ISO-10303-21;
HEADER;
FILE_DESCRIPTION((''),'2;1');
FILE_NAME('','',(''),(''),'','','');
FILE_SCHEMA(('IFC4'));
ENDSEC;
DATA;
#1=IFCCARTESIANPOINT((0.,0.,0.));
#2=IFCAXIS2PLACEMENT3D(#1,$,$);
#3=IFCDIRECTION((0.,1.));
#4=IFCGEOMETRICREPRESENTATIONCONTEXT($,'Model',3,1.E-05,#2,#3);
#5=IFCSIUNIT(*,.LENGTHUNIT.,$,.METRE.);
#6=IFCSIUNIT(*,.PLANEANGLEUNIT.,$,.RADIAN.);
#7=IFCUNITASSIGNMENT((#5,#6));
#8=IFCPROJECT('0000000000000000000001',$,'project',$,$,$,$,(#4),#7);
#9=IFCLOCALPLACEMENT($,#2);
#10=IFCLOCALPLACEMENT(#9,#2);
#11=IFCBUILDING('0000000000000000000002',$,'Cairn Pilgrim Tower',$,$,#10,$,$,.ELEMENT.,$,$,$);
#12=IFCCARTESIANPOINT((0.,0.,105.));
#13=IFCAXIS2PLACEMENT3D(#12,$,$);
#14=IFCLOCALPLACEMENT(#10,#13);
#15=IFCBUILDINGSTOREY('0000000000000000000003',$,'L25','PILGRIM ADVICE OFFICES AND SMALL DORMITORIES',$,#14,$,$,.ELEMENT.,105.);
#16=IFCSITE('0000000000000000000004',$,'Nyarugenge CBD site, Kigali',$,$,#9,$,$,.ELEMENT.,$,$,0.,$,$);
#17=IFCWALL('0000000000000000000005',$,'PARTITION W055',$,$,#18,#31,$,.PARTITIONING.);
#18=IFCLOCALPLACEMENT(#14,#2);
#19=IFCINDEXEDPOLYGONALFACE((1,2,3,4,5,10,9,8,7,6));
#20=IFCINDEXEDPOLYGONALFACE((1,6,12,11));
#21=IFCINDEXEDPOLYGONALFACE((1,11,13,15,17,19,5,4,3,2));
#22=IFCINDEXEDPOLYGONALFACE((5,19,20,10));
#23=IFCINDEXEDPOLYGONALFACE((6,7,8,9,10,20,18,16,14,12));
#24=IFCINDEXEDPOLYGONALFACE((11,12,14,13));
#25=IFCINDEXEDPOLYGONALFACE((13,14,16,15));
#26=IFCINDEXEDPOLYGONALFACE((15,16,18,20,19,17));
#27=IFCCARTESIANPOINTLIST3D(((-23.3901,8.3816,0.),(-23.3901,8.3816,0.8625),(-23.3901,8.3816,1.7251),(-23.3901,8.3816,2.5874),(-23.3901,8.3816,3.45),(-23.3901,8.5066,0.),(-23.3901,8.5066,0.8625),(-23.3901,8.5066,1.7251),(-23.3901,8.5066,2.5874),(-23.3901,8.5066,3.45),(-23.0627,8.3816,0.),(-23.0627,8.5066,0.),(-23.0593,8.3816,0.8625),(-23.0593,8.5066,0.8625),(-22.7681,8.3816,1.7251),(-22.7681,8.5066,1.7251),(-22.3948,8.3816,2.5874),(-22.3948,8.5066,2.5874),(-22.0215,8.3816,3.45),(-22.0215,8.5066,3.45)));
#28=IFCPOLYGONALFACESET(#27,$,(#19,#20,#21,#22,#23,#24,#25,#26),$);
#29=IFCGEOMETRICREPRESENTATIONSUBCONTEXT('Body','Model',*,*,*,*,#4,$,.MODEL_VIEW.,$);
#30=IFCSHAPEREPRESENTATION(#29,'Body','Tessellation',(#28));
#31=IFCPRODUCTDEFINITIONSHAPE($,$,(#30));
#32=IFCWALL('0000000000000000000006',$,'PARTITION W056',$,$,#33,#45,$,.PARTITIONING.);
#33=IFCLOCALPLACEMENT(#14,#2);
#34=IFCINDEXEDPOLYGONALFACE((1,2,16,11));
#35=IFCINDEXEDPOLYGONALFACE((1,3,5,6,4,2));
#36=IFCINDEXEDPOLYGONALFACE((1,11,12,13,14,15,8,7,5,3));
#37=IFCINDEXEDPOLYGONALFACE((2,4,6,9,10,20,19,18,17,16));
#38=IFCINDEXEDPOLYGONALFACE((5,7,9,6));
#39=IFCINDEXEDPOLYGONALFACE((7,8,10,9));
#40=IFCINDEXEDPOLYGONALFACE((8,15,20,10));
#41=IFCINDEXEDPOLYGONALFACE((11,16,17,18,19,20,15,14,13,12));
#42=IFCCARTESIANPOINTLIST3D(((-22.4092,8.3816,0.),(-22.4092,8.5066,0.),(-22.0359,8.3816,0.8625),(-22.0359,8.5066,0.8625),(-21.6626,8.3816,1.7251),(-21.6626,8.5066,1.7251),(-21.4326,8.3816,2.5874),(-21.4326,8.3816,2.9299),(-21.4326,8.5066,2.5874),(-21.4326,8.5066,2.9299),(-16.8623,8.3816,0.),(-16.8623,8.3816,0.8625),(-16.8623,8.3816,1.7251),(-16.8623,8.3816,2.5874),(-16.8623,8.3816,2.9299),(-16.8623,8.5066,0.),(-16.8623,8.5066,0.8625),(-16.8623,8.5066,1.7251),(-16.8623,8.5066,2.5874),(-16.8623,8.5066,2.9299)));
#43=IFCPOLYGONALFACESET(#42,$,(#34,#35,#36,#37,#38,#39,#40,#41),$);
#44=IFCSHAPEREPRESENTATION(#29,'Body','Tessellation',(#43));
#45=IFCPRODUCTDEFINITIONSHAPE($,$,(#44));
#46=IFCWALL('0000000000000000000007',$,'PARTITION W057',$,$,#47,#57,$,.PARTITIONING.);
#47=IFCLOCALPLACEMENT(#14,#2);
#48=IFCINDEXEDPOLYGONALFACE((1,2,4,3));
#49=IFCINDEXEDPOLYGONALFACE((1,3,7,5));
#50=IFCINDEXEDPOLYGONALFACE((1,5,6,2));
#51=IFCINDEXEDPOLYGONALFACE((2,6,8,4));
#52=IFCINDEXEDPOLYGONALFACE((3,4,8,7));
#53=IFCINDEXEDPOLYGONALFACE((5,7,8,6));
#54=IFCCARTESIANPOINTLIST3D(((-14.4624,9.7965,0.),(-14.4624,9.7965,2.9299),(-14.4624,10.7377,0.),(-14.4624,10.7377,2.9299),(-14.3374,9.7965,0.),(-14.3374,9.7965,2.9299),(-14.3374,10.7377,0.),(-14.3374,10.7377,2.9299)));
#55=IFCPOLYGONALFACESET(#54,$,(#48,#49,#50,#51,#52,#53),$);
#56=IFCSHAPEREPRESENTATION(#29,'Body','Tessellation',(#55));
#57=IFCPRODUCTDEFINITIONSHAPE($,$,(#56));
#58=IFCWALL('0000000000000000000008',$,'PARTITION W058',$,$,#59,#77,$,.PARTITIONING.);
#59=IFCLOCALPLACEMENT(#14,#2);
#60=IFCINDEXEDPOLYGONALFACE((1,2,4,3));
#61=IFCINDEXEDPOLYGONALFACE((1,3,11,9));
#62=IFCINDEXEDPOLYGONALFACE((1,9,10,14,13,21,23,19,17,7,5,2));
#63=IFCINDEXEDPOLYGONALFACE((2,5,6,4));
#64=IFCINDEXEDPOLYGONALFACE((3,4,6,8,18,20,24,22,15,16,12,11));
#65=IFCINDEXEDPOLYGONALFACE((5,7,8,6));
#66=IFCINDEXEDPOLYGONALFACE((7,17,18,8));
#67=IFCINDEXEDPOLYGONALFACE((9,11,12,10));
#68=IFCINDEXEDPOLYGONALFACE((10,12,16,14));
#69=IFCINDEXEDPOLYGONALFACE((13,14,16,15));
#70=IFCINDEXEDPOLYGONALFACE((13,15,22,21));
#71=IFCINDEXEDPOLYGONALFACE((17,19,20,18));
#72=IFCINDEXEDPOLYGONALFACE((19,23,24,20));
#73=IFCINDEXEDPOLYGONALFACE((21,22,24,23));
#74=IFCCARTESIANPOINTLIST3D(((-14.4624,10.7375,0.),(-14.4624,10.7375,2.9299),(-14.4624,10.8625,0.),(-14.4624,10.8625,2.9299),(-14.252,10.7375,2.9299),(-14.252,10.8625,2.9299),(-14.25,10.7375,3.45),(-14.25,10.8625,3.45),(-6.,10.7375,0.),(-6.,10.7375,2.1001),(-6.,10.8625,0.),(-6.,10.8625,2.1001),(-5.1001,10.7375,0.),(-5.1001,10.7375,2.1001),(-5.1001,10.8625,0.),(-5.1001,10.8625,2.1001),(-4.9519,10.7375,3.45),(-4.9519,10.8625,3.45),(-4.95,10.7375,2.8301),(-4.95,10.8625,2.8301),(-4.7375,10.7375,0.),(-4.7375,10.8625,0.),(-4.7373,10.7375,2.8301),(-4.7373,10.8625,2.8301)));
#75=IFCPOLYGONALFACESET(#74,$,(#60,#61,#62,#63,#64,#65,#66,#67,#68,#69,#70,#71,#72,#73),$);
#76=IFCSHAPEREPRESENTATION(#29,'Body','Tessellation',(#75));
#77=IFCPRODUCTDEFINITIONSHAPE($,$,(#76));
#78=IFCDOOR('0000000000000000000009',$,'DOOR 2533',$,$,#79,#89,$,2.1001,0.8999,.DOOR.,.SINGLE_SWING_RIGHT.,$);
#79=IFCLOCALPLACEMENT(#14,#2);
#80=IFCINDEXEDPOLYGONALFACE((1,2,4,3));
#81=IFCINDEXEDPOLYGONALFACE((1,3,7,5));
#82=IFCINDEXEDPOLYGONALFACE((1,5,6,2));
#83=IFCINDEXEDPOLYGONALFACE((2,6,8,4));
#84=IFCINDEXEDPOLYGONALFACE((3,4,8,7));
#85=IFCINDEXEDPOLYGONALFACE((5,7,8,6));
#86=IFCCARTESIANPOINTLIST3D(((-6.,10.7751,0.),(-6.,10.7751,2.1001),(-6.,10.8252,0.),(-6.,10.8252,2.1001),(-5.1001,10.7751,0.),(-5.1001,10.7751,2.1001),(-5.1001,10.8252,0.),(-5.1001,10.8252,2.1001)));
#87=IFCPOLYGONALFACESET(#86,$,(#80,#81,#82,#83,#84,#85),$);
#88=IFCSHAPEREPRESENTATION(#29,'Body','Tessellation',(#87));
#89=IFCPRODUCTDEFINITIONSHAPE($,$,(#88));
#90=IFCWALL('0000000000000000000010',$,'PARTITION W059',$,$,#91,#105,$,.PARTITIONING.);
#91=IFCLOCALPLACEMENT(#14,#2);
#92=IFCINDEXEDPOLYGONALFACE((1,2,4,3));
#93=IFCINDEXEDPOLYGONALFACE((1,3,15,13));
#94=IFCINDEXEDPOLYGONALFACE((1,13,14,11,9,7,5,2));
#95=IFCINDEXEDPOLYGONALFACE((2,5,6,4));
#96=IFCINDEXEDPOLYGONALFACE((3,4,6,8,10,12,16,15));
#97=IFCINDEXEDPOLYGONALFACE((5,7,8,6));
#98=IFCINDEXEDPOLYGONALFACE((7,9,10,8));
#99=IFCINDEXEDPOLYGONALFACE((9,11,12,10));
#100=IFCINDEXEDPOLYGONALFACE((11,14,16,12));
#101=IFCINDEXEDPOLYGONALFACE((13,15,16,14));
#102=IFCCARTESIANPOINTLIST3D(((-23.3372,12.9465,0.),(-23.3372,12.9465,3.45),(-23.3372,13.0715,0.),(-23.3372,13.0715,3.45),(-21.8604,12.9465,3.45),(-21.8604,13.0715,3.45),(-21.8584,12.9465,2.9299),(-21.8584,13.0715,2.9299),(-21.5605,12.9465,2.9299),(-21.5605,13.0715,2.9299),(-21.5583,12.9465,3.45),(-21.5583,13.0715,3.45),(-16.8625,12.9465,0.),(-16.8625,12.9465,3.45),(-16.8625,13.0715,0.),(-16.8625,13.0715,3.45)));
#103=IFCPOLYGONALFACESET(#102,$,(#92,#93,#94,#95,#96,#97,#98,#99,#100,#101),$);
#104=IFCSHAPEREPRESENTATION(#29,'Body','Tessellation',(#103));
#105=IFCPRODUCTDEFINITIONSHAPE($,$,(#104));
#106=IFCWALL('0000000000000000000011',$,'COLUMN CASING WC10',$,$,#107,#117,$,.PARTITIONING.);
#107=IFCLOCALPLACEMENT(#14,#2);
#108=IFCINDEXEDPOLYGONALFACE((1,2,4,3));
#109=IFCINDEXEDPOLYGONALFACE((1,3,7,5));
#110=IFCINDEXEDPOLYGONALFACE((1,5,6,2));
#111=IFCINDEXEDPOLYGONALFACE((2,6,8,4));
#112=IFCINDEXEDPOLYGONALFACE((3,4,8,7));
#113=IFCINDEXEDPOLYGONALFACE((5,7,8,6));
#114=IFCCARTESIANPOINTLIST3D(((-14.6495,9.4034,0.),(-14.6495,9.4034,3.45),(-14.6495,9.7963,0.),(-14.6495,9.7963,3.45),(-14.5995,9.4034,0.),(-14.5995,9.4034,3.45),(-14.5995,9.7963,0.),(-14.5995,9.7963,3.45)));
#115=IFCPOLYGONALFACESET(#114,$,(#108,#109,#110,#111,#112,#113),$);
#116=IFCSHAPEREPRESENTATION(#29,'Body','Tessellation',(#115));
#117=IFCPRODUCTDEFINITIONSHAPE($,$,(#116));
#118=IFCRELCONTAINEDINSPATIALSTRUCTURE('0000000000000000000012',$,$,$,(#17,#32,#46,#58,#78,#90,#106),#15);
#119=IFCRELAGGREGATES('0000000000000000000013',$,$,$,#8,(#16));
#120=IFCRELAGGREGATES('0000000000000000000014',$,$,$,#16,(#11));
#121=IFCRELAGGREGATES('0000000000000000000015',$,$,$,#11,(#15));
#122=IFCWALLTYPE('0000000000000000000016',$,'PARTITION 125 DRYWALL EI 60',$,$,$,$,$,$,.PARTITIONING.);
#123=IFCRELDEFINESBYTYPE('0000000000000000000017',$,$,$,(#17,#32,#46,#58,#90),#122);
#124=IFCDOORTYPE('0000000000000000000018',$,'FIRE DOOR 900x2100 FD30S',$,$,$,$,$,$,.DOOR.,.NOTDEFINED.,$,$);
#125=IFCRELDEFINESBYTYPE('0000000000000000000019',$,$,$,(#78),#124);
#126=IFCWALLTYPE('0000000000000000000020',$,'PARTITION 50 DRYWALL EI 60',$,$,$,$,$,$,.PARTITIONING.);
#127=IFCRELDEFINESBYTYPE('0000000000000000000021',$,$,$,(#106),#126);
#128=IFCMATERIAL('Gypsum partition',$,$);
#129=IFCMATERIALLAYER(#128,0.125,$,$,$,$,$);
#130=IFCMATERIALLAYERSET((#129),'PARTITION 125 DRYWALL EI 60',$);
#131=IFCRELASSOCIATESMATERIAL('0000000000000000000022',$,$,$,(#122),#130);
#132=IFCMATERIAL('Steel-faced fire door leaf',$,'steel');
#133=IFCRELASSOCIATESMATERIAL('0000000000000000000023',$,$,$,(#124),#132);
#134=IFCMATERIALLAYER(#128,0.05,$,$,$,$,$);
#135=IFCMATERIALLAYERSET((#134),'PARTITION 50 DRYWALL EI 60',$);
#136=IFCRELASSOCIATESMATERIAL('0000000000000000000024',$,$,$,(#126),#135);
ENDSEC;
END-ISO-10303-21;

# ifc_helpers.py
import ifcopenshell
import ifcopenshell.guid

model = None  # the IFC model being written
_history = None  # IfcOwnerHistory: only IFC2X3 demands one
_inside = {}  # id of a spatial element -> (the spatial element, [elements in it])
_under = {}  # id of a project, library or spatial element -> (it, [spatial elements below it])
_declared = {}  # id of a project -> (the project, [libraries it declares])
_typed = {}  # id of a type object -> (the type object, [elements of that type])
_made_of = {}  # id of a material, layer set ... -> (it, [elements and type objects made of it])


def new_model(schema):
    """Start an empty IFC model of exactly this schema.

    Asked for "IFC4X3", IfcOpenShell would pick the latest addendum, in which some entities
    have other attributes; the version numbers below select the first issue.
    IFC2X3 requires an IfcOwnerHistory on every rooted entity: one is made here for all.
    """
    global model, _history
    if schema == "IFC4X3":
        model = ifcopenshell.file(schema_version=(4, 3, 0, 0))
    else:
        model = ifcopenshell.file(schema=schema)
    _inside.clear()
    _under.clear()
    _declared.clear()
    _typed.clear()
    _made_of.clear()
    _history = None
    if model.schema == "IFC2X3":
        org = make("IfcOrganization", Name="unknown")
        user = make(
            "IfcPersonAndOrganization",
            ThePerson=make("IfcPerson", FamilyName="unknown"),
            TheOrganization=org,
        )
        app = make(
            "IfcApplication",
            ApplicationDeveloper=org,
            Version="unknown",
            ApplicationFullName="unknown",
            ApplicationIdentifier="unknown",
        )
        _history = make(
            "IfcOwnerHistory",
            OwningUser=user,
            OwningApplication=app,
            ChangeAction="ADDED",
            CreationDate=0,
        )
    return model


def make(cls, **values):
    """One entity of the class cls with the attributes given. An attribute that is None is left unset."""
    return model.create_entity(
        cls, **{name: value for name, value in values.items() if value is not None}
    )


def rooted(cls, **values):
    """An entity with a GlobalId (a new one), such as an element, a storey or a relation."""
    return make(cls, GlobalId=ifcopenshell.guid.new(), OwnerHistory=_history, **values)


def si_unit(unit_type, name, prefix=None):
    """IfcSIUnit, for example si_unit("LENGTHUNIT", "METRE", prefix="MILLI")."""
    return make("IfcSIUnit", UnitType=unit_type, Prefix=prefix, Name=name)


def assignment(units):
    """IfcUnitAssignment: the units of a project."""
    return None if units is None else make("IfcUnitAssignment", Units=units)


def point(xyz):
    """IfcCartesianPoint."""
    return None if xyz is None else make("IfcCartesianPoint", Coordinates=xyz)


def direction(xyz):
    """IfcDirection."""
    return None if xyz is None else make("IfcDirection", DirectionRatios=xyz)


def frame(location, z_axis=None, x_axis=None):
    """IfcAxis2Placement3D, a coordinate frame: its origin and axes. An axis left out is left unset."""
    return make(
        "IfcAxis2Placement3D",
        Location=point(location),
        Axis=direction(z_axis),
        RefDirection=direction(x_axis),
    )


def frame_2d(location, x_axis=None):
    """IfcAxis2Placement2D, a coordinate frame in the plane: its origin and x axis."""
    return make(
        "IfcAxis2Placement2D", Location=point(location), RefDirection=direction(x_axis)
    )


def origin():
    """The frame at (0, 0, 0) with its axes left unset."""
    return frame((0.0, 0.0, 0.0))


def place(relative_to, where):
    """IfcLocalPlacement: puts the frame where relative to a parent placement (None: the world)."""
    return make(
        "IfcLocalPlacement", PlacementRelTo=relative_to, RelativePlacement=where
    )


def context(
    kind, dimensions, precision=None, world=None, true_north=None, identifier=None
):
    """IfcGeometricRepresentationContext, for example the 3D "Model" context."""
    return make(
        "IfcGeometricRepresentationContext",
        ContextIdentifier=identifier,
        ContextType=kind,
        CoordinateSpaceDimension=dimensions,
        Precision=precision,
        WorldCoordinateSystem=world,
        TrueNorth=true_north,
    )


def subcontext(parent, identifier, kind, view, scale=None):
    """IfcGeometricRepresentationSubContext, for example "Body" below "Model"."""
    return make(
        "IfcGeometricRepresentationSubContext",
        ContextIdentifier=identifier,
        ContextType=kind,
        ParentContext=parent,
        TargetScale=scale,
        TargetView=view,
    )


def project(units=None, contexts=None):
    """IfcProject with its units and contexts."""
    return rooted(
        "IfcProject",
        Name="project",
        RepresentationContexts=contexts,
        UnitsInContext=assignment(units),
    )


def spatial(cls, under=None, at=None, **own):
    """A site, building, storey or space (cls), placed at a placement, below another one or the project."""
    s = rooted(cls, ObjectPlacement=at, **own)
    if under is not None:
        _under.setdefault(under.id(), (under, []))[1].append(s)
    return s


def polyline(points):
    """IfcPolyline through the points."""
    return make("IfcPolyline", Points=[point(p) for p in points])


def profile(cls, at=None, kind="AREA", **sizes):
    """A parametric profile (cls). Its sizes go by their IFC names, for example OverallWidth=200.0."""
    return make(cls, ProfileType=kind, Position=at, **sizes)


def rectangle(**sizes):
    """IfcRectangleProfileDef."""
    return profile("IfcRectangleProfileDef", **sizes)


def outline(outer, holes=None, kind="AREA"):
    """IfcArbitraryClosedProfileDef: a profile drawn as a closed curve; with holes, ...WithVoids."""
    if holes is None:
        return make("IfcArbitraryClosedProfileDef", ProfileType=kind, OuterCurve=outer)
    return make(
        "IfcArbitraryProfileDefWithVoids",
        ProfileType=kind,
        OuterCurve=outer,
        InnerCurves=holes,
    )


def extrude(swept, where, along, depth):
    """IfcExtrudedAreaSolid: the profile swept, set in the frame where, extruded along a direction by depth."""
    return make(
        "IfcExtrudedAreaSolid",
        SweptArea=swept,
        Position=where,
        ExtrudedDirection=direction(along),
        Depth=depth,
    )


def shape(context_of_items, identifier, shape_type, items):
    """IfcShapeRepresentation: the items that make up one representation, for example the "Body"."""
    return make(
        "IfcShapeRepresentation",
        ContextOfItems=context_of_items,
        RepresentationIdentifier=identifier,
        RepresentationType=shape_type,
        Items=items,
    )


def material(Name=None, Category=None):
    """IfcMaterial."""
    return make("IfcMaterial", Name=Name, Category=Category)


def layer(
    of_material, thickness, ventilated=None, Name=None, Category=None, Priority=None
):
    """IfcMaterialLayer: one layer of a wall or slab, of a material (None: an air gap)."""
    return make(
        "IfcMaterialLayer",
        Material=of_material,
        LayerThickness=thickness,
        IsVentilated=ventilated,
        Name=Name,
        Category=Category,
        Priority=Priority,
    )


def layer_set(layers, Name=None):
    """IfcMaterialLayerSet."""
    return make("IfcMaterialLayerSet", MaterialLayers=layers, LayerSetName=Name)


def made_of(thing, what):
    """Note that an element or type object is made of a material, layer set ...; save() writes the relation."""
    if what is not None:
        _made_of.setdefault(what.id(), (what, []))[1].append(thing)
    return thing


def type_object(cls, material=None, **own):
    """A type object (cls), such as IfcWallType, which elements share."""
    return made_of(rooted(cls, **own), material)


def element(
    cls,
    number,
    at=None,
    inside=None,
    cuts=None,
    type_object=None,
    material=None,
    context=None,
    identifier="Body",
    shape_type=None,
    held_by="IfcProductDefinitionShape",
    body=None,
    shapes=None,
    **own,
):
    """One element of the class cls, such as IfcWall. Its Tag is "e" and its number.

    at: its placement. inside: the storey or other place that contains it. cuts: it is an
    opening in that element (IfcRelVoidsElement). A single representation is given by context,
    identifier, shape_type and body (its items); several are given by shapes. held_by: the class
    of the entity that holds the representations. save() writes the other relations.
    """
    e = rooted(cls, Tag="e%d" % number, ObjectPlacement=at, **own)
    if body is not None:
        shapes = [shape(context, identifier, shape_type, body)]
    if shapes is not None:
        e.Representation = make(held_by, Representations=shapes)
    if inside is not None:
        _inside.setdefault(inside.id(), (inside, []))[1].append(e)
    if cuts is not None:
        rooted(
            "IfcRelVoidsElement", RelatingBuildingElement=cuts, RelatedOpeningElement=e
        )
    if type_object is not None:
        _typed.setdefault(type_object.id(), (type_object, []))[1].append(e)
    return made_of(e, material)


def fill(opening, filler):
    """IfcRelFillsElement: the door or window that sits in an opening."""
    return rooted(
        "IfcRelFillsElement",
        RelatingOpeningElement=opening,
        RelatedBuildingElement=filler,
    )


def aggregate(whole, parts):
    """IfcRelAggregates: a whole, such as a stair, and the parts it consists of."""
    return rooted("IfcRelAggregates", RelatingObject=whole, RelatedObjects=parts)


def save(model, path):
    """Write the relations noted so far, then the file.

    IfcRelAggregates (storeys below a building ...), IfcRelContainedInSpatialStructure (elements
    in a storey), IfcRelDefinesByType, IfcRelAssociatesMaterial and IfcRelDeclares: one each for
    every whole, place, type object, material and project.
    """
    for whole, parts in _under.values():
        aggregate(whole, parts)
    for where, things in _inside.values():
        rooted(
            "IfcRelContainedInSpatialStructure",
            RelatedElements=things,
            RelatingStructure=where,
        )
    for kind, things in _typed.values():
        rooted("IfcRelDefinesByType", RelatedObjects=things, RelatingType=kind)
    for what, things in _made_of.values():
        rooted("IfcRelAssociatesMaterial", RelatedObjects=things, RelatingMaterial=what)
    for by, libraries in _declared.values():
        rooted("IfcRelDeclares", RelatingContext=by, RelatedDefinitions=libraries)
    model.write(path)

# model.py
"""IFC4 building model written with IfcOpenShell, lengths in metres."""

from ifc_helpers import new_model, si_unit, direction, frame, frame_2d, origin, place, context, subcontext, project, spatial, polyline, rectangle, outline, extrude, material, layer, layer_set, type_object, element, fill, save


model = new_model("IFC4")

# Units and contexts
model_context = context("Model", 3, precision=1e-05, world=origin(), true_north=direction((0.0, 1.0)))
body_context = subcontext(model_context, "Body", "Model", "MODEL_VIEW")
ifc_project = project(units=[si_unit("LENGTHUNIT", "METRE"), si_unit("PLANEANGLEUNIT", "RADIAN")], contexts=[model_context])

# Site, building, storey
site_placement = place(None, origin())
site = spatial("IfcSite", under=ifc_project, at=site_placement, Name="Nyarugenge CBD site, Kigali", CompositionType="ELEMENT", RefElevation=0.0)
building_placement = place(site_placement, origin())
building = spatial("IfcBuilding", under=site, at=building_placement, Name="Cairn Pilgrim Tower", CompositionType="ELEMENT")
storey_placement = place(building_placement, frame((0.0, 0.0, 105.0)))
storey = spatial("IfcBuildingStorey", under=building, at=storey_placement, Name="L25", Description="PILGRIM ADVICE OFFICES AND SMALL DORMITORIES", CompositionType="ELEMENT", Elevation=105.0)

# Shared definitions
ifc_material_1 = material(Name="Gypsum partition")
ifc_layer_1 = layer(ifc_material_1, 0.125)
ifc_layer_set_1 = layer_set([ifc_layer_1], Name="PARTITION 125 DRYWALL EI 60")
wall_type_1 = type_object("IfcWallType", Name="PARTITION 125 DRYWALL EI 60", PredefinedType="PARTITIONING", material=ifc_layer_set_1)
ifc_material_2 = material(Name="Steel-faced fire door leaf", Category="steel")
door_type_1 = type_object("IfcDoorType", Name="FIRE DOOR 900x2100 FD30S", OperationType="NOTDEFINED", PredefinedType="DOOR", material=ifc_material_2)

# Walls
wall_1_placement = place(storey_placement, frame((-23.3901, 8.4441, 0.0), z_axis=(0.0, 0.0, 1.0), x_axis=(1.0, 0.0, 0.0)))
element("IfcWall", 1, at=wall_1_placement, inside=storey, type_object=wall_type_1, Name="PARTITION W055", PredefinedType="PARTITIONING", context=body_context, shape_type="SweptSolid", body=[
    extrude(outline(polyline([(0.0, 0.0), (0.3274, 0.0), (0.3308, 0.8625), (0.6221, 1.7251), (0.9954, 2.5874), (1.3687, 3.45), (0.0, 3.45), (0.0, 2.5874), (0.0, 1.7251), (0.0, 0.8625), (0.0, 0.0)])), frame((0.0, 0.0625, 0.0), z_axis=(0.0, -1.0, 0.0), x_axis=(1.0, 0.0, 0.0)), (0.0, 0.0, 1.0), 0.125),
])
wall_2_placement = place(storey_placement, frame((-22.4092, 8.4441, 0.0), z_axis=(0.0, 0.0, 1.0), x_axis=(1.0, 0.0, 0.0)))
element("IfcWall", 2, at=wall_2_placement, inside=storey, type_object=wall_type_1, Name="PARTITION W056", PredefinedType="PARTITIONING", context=body_context, shape_type="SweptSolid", body=[
    extrude(outline(polyline([(0.0, 0.0), (5.5469, 0.0), (5.5469, 0.8625), (5.5469, 1.7251), (5.5469, 2.5874), (5.5469, 2.9299), (0.9766, 2.9299), (0.9766, 2.5874), (0.7466, 1.7251), (0.3733, 0.8625), (0.0, 0.0)])), frame((0.0, 0.0625, 0.0), z_axis=(0.0, -1.0, 0.0), x_axis=(1.0, 0.0, 0.0)), (0.0, 0.0, 1.0), 0.125),
])
wall_3_placement = place(storey_placement, frame((-14.3999, 9.7964, 0.0), z_axis=(0.0, 0.0, 1.0), x_axis=(0.0, 1.0, 0.0)))
element("IfcWall", 3, at=wall_3_placement, inside=storey, type_object=wall_type_1, Name="PARTITION W057", PredefinedType="PARTITIONING", context=body_context, shape_type="SweptSolid", body=[
    extrude(rectangle(XDim=0.9412, YDim=0.125, at=frame_2d((0.4707, 0.0))), origin(), (0.0, 0.0, 1.0), 2.9299),
])

# Wall, opening, door
wall_4_placement = place(storey_placement, frame((-14.4624, 10.8, 0.0), z_axis=(0.0, 0.0, 1.0), x_axis=(1.0, 0.0, 0.0)))
wall_4 = element("IfcWall", 4, at=wall_4_placement, inside=storey, type_object=wall_type_1, Name="PARTITION W058", PredefinedType="PARTITIONING", context=body_context, shape_type="SweptSolid", body=[
    extrude(outline(polyline([(0.0, 0.0), (9.7249, 0.0), (9.7251, 2.8301), (9.5125, 2.8301), (9.5105, 3.45), (0.2124, 3.45), (0.2104, 2.9299), (0.0, 2.9299), (0.0, 0.0)])), frame((0.0, 0.0625, 0.0), z_axis=(0.0, -1.0, 0.0), x_axis=(1.0, 0.0, 0.0)), (0.0, 0.0, 1.0), 0.125),
])
opening_1_placement = place(wall_4_placement, frame((8.4624, 0.0, 0.0)))
opening_1 = element("IfcOpeningElement", 5, at=opening_1_placement, cuts=wall_4, PredefinedType="OPENING", context=body_context, shape_type="SweptSolid", body=[
    extrude(rectangle(XDim=0.8999, YDim=2.1001, at=frame_2d((0.45, 1.05))), frame((0.0, 0.0725, 0.0), z_axis=(0.0, -1.0, 0.0), x_axis=(1.0, 0.0, 0.0)), (0.0, 0.0, 1.0), 0.145),
])
door_1_placement = place(opening_1_placement, frame((0.8999, 0.0, 0.0), z_axis=(0.0, 0.0, 1.0), x_axis=(-1.0, 0.0, 0.0)))
door_1 = element("IfcDoor", 6, at=door_1_placement, inside=storey, type_object=door_type_1, Name="DOOR 2533", OperationType="SINGLE_SWING_RIGHT", OverallHeight=2.1001, OverallWidth=0.8999, PredefinedType="DOOR", context=body_context, shape_type="SweptSolid", body=[
    extrude(rectangle(XDim=0.8999, YDim=2.1001, at=frame_2d((0.45, 1.05))), frame((0.0, 0.0249, 0.0), z_axis=(0.0, -1.0, 0.0), x_axis=(1.0, 0.0, 0.0)), (0.0, 0.0, 1.0), 0.05),
])
fill(opening_1, door_1)

# Walls
wall_5_placement = place(storey_placement, frame((-23.3372, 13.009, 0.0), z_axis=(0.0, 0.0, 1.0), x_axis=(1.0, 0.0, 0.0)))
element("IfcWall", 7, at=wall_5_placement, inside=storey, type_object=wall_type_1, Name="PARTITION W059", PredefinedType="PARTITIONING", context=body_context, shape_type="SweptSolid", body=[
    extrude(outline(polyline([(0.0, 0.0), (6.4746, 0.0), (6.4746, 3.45), (1.7788, 3.45), (1.7766, 2.9299), (1.4788, 2.9299), (1.4768, 3.45), (0.0, 3.45), (0.0, 0.0)])), frame((0.0, 0.0625, 0.0), z_axis=(0.0, -1.0, 0.0), x_axis=(1.0, 0.0, 0.0)), (0.0, 0.0, 1.0), 0.125),
])
ifc_layer_2 = layer(ifc_material_1, 0.05)
ifc_layer_set_2 = layer_set([ifc_layer_2], Name="PARTITION 50 DRYWALL EI 60")
wall_type_2 = type_object("IfcWallType", Name="PARTITION 50 DRYWALL EI 60", PredefinedType="PARTITIONING", material=ifc_layer_set_2)
wall_6_placement = place(storey_placement, frame((-14.6245, 9.4036, 0.0), z_axis=(0.0, 0.0, 1.0), x_axis=(0.0, 1.0, 0.0)))
element("IfcWall", 8, at=wall_6_placement, inside=storey, type_object=wall_type_2, Name="COLUMN CASING WC10", PredefinedType="PARTITIONING", context=body_context, shape_type="SweptSolid", body=[
    extrude(rectangle(XDim=0.3928, YDim=0.05, at=frame_2d((0.1963, 0.0))), origin(), (0.0, 0.0, 1.0), 3.45),
])

save(model, "model.ifc")
